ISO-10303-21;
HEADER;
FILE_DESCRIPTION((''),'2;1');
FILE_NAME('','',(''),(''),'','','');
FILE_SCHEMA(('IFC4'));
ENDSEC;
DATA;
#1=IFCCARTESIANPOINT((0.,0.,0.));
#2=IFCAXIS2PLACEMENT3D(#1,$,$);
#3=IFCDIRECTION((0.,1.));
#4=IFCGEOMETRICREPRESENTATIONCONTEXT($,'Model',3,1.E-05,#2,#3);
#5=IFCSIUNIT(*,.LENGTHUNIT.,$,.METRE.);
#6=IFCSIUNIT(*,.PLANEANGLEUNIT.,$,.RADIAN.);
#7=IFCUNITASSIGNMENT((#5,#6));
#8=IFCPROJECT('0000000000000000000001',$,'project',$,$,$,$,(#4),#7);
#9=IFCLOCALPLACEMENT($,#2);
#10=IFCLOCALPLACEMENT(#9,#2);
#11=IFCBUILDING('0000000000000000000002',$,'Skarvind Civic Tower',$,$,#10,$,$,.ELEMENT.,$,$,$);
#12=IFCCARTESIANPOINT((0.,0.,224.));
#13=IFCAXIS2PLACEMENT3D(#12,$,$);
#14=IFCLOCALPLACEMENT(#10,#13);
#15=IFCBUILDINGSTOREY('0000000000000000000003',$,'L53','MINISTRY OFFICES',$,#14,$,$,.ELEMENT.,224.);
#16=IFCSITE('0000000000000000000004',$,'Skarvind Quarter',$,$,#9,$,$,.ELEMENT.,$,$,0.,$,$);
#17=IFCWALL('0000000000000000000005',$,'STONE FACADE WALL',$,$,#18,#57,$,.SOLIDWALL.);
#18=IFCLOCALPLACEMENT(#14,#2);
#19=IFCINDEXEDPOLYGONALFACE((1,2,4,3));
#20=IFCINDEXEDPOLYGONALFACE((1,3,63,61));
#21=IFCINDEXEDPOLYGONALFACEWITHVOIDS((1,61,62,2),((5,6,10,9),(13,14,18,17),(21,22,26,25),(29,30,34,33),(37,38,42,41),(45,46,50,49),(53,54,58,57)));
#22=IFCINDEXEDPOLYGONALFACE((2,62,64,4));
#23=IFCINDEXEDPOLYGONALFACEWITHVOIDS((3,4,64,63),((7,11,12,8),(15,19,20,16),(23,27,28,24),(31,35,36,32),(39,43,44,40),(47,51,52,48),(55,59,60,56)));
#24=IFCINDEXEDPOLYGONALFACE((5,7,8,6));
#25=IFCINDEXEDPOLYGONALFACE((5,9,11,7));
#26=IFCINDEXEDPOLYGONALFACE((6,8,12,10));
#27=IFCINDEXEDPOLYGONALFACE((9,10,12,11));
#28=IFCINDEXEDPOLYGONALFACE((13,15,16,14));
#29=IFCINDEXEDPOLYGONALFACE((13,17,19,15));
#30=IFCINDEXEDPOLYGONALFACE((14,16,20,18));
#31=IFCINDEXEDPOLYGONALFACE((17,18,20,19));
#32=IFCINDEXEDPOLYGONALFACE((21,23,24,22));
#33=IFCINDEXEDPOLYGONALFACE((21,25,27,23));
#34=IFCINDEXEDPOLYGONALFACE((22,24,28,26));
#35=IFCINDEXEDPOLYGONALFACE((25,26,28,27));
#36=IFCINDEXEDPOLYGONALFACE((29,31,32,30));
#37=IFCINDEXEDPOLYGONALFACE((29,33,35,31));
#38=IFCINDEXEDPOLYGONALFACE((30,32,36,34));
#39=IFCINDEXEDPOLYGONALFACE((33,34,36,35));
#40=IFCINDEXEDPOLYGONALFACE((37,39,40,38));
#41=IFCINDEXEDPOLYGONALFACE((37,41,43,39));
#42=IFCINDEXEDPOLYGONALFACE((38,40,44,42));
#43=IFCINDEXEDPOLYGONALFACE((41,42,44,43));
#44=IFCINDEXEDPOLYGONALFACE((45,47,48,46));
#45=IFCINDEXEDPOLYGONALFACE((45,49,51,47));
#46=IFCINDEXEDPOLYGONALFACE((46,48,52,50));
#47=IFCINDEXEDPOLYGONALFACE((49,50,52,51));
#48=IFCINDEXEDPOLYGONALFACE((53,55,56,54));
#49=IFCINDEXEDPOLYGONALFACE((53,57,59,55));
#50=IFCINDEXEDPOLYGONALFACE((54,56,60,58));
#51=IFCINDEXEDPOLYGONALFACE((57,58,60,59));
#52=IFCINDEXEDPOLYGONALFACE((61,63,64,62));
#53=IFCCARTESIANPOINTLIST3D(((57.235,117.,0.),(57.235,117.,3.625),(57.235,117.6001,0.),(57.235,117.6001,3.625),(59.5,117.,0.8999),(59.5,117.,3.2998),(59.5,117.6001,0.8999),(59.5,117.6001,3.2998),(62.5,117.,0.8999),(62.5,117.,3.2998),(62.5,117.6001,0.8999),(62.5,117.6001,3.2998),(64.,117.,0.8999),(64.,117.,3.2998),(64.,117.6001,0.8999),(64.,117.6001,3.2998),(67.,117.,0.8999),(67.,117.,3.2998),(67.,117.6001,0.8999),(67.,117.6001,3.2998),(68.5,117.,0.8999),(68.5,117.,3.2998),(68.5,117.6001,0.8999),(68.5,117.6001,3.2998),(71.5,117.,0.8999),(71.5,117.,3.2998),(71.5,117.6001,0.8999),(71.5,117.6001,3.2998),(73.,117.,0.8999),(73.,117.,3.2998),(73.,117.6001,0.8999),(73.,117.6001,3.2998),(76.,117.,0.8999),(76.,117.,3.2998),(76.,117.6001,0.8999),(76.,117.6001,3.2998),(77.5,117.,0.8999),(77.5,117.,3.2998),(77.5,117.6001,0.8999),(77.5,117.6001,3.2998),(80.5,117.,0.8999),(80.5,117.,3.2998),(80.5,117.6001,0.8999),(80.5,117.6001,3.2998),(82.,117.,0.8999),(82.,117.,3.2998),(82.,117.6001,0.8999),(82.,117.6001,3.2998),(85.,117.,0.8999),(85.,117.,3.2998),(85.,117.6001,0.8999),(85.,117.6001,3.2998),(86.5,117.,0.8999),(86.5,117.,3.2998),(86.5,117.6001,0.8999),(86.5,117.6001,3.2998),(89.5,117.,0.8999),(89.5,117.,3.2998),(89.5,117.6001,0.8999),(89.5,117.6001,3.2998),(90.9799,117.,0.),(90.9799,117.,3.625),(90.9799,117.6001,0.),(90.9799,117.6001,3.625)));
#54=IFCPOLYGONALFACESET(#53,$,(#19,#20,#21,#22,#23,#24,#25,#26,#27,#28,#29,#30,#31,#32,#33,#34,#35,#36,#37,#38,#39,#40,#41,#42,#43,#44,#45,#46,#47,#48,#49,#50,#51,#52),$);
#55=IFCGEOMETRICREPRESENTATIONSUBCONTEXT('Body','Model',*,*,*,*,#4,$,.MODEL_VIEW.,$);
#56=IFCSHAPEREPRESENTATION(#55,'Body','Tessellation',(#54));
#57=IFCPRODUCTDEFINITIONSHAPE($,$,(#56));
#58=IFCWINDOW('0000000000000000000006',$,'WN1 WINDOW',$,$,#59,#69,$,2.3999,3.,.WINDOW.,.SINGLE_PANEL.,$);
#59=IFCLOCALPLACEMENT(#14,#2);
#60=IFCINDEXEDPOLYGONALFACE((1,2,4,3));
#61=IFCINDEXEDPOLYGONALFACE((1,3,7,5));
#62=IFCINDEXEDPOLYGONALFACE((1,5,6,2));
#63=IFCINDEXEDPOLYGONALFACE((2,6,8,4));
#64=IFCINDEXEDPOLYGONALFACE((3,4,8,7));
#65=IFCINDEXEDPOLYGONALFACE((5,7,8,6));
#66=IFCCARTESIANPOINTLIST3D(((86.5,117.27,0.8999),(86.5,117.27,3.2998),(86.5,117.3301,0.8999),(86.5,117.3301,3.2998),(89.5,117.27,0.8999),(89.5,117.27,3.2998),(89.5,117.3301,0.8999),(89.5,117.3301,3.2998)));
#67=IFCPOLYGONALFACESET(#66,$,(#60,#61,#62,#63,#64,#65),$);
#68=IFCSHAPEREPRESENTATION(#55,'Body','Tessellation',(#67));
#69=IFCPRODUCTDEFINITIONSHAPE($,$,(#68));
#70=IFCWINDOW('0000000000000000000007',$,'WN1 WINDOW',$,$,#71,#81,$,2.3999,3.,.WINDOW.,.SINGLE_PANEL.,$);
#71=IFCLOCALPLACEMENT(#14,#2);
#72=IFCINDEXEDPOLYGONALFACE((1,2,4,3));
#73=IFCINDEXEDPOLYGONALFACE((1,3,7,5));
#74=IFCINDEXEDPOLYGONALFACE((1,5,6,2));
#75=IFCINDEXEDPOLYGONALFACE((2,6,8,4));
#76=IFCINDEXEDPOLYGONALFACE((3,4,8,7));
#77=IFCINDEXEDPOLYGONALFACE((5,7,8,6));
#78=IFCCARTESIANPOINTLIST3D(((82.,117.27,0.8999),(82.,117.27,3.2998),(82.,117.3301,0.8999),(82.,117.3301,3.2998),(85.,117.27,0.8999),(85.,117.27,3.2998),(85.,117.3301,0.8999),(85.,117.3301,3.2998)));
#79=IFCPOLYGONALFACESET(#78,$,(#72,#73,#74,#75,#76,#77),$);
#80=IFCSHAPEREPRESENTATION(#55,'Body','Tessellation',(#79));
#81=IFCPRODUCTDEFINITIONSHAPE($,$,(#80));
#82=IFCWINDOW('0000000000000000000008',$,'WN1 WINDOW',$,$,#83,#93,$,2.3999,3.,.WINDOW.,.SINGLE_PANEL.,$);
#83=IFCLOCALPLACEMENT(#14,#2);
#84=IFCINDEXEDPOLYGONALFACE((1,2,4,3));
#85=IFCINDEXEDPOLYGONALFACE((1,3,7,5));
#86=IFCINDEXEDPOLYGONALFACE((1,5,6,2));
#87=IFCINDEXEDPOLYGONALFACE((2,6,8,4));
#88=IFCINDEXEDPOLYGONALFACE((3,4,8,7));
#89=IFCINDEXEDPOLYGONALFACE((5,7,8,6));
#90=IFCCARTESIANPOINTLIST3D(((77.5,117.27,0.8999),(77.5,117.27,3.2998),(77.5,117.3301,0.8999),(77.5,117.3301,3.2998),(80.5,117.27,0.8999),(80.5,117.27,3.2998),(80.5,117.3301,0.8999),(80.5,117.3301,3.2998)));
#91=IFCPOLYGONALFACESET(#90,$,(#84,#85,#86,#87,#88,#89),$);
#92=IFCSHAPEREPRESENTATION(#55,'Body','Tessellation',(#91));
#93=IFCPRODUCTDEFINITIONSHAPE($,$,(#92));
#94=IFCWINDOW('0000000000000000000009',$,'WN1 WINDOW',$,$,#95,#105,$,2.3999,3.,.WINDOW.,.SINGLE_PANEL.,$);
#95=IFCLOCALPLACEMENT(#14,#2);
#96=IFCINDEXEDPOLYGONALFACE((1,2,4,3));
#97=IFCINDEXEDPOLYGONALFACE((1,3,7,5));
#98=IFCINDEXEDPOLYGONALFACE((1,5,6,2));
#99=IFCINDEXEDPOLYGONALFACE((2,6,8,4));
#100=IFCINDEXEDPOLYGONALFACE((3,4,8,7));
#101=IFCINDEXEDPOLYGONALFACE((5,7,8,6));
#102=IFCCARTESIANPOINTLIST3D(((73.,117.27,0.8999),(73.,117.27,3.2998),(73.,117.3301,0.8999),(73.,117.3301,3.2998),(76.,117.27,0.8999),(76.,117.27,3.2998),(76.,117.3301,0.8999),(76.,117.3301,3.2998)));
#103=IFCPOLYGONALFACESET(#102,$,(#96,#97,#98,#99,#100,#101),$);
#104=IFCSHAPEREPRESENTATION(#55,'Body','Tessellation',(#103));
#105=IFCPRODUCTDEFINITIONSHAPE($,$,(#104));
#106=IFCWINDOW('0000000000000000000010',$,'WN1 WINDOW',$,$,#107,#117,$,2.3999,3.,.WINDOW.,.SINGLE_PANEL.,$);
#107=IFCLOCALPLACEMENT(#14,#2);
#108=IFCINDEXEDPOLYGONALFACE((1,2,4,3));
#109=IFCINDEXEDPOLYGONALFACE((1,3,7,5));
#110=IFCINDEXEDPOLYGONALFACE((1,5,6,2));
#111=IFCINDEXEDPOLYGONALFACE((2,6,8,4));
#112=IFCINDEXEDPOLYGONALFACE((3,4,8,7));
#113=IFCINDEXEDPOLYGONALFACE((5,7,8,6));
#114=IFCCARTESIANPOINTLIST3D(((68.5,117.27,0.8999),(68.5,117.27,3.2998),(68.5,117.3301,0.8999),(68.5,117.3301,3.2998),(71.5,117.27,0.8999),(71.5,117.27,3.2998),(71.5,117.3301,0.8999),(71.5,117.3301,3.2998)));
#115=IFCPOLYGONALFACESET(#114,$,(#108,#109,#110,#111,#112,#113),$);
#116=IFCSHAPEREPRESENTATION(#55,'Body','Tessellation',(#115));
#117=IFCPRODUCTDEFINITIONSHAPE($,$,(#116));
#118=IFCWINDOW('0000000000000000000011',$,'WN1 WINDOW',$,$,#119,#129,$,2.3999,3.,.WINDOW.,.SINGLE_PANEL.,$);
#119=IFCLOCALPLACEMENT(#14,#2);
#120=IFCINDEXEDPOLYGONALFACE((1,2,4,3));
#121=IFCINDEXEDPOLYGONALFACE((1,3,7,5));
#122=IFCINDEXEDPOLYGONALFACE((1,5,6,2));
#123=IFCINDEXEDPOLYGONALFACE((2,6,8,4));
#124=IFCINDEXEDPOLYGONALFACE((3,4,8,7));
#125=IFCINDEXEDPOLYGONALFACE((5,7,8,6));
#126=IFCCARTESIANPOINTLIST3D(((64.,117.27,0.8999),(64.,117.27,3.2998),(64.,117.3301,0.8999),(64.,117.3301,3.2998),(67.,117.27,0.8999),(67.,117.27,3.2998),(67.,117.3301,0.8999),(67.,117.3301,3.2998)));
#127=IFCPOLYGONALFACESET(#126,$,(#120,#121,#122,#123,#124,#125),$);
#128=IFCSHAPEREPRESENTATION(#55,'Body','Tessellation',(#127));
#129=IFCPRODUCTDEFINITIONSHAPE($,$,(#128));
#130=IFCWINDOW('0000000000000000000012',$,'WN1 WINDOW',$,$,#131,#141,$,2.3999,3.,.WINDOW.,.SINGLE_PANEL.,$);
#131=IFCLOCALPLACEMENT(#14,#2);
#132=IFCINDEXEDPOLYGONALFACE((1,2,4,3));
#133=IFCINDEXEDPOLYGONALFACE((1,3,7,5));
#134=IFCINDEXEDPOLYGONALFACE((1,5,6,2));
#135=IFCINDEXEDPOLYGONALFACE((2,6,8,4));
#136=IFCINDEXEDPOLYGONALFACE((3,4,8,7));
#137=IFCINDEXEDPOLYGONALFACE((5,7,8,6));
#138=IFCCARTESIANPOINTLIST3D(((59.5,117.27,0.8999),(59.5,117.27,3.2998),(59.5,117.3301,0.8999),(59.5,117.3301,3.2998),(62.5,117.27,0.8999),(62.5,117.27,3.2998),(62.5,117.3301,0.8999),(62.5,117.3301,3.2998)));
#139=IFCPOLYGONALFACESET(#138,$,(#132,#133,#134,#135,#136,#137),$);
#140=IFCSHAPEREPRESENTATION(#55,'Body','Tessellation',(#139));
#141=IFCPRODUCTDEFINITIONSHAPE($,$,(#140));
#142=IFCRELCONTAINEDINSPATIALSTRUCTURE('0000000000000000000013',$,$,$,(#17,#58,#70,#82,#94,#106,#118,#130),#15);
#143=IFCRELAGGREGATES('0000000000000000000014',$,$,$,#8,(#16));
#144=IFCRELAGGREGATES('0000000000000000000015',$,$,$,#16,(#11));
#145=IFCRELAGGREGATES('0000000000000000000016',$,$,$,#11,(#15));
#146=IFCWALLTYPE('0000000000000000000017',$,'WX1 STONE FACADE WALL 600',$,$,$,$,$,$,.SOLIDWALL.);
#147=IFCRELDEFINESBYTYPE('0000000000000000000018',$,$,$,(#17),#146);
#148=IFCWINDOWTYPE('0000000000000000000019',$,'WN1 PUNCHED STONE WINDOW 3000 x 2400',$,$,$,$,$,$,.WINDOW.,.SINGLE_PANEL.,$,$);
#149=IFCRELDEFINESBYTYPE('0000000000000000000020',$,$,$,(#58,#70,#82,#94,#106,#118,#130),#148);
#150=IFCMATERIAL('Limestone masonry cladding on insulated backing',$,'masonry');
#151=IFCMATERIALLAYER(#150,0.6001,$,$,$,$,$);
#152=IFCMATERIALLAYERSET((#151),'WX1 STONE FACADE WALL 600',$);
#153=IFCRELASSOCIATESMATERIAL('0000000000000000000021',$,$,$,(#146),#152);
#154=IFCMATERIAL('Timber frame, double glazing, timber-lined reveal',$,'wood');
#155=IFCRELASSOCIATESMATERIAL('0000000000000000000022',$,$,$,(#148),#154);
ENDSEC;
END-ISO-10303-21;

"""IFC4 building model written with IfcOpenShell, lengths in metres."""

from ifc_helpers import new_model, si_unit, direction, frame, frame_2d, origin, place, context, subcontext, project, spatial, rectangle, extrude, material, layer, layer_set, type_object, element, fill, save


model = new_model("IFC4")

# Units and contexts
model_context = context("Model", 3, precision=1e-05, world=origin(), true_north=direction((0.0, 1.0)))
body_context = subcontext(model_context, "Body", "Model", "MODEL_VIEW")
ifc_project = project(units=[si_unit("LENGTHUNIT", "METRE"), si_unit("PLANEANGLEUNIT", "RADIAN")], contexts=[model_context])

# Site, building, storey
site_placement = place(None, origin())
site = spatial("IfcSite", under=ifc_project, at=site_placement, Name="Skarvind Quarter", CompositionType="ELEMENT", RefElevation=0.0)
building_placement = place(site_placement, origin())
building = spatial("IfcBuilding", under=site, at=building_placement, Name="Skarvind Civic Tower", CompositionType="ELEMENT")
storey_placement = place(building_placement, frame((0.0, 0.0, 224.0)))
storey = spatial("IfcBuildingStorey", under=building, at=storey_placement, Name="L53", Description="MINISTRY OFFICES", CompositionType="ELEMENT", Elevation=224.0)

# Wall, openings, windows
ifc_material_1 = material(Name="Limestone masonry cladding on insulated backing", Category="masonry")
ifc_layer_1 = layer(ifc_material_1, 0.6001)
ifc_layer_set_1 = layer_set([ifc_layer_1], Name="WX1 STONE FACADE WALL 600")
wall_type_1 = type_object("IfcWallType", Name="WX1 STONE FACADE WALL 600", PredefinedType="SOLIDWALL", material=ifc_layer_set_1)
wall_1_placement = place(storey_placement, frame((90.98, 117.3, 0.0), z_axis=(0.0, 0.0, 1.0), x_axis=(-1.0, 0.0, 0.0)))
wall_1 = element("IfcWall", 1, at=wall_1_placement, inside=storey, type_object=wall_type_1, Name="STONE FACADE WALL", PredefinedType="SOLIDWALL", context=body_context, shape_type="SweptSolid", body=[
    extrude(rectangle(XDim=33.7449, YDim=0.6001, at=frame_2d((16.8726, 0.0))), origin(), (0.0, 0.0, 1.0), 3.625),
])
opening_1_placement = place(wall_1_placement, frame((1.48, 0.0, 0.8999)))
opening_1 = element("IfcOpeningElement", 2, at=opening_1_placement, cuts=wall_1, PredefinedType="OPENING", context=body_context, shape_type="SweptSolid", body=[
    extrude(rectangle(XDim=3.0, YDim=2.3999, at=frame_2d((1.5, 1.2))), frame((0.0, 0.3101, 0.0), z_axis=(0.0, -1.0, 0.0), x_axis=(1.0, 0.0, 0.0)), (0.0, 0.0, 1.0), 0.6201),
])
opening_2_placement = place(wall_1_placement, frame((5.98, 0.0, 0.8999)))
opening_2 = element("IfcOpeningElement", 3, at=opening_2_placement, cuts=wall_1, PredefinedType="OPENING", context=body_context, shape_type="SweptSolid", body=[
    extrude(rectangle(XDim=3.0, YDim=2.3999, at=frame_2d((1.5, 1.2))), frame((0.0, 0.3101, 0.0), z_axis=(0.0, -1.0, 0.0), x_axis=(1.0, 0.0, 0.0)), (0.0, 0.0, 1.0), 0.6201),
])
opening_3_placement = place(wall_1_placement, frame((10.48, 0.0, 0.8999)))
opening_3 = element("IfcOpeningElement", 4, at=opening_3_placement, cuts=wall_1, PredefinedType="OPENING", context=body_context, shape_type="SweptSolid", body=[
    extrude(rectangle(XDim=3.0, YDim=2.3999, at=frame_2d((1.5, 1.2))), frame((0.0, 0.3101, 0.0), z_axis=(0.0, -1.0, 0.0), x_axis=(1.0, 0.0, 0.0)), (0.0, 0.0, 1.0), 0.6201),
])
opening_4_placement = place(wall_1_placement, frame((14.98, 0.0, 0.8999)))
opening_4 = element("IfcOpeningElement", 5, at=opening_4_placement, cuts=wall_1, PredefinedType="OPENING", context=body_context, shape_type="SweptSolid", body=[
    extrude(rectangle(XDim=3.0, YDim=2.3999, at=frame_2d((1.5, 1.2))), frame((0.0, 0.3101, 0.0), z_axis=(0.0, -1.0, 0.0), x_axis=(1.0, 0.0, 0.0)), (0.0, 0.0, 1.0), 0.6201),
])
opening_5_placement = place(wall_1_placement, frame((19.48, 0.0, 0.8999)))
opening_5 = element("IfcOpeningElement", 6, at=opening_5_placement, cuts=wall_1, PredefinedType="OPENING", context=body_context, shape_type="SweptSolid", body=[
    extrude(rectangle(XDim=3.0, YDim=2.3999, at=frame_2d((1.5, 1.2))), frame((0.0, 0.3101, 0.0), z_axis=(0.0, -1.0, 0.0), x_axis=(1.0, 0.0, 0.0)), (0.0, 0.0, 1.0), 0.6201),
])
opening_6_placement = place(wall_1_placement, frame((23.98, 0.0, 0.8999)))
opening_6 = element("IfcOpeningElement", 7, at=opening_6_placement, cuts=wall_1, PredefinedType="OPENING", context=body_context, shape_type="SweptSolid", body=[
    extrude(rectangle(XDim=3.0, YDim=2.3999, at=frame_2d((1.5, 1.2))), frame((0.0, 0.3101, 0.0), z_axis=(0.0, -1.0, 0.0), x_axis=(1.0, 0.0, 0.0)), (0.0, 0.0, 1.0), 0.6201),
])
opening_7_placement = place(wall_1_placement, frame((28.48, 0.0, 0.8999)))
opening_7 = element("IfcOpeningElement", 8, at=opening_7_placement, cuts=wall_1, PredefinedType="OPENING", context=body_context, shape_type="SweptSolid", body=[
    extrude(rectangle(XDim=3.0, YDim=2.3999, at=frame_2d((1.5, 1.2))), frame((0.0, 0.3101, 0.0), z_axis=(0.0, -1.0, 0.0), x_axis=(1.0, 0.0, 0.0)), (0.0, 0.0, 1.0), 0.6201),
])
ifc_material_2 = material(Name="Timber frame, double glazing, timber-lined reveal", Category="wood")
window_type = type_object("IfcWindowType", Name="WN1 PUNCHED STONE WINDOW 3000 x 2400", PartitioningType="SINGLE_PANEL", PredefinedType="WINDOW", material=ifc_material_2)
window_1_placement = place(opening_1_placement, origin())
window_1 = element("IfcWindow", 9, at=window_1_placement, inside=storey, type_object=window_type, Name="WN1 WINDOW", OverallHeight=2.3999, OverallWidth=3.0, PartitioningType="SINGLE_PANEL", PredefinedType="WINDOW", context=body_context, shape_type="SweptSolid", body=[
    extrude(rectangle(XDim=3.0, YDim=2.3999, at=frame_2d((1.5, 1.2))), frame((0.0, 0.03, 0.0), z_axis=(0.0, -1.0, 0.0), x_axis=(1.0, 0.0, 0.0)), (0.0, 0.0, 1.0), 0.0601),
])
fill(opening_1, window_1)
window_2_placement = place(opening_2_placement, origin())
window_2 = element("IfcWindow", 10, at=window_2_placement, inside=storey, type_object=window_type, Name="WN1 WINDOW", OverallHeight=2.3999, OverallWidth=3.0, PartitioningType="SINGLE_PANEL", PredefinedType="WINDOW", context=body_context, shape_type="SweptSolid", body=[
    extrude(rectangle(XDim=3.0, YDim=2.3999, at=frame_2d((1.5, 1.2))), frame((0.0, 0.03, 0.0), z_axis=(0.0, -1.0, 0.0), x_axis=(1.0, 0.0, 0.0)), (0.0, 0.0, 1.0), 0.0601),
])
fill(opening_2, window_2)
window_3_placement = place(opening_3_placement, origin())
window_3 = element("IfcWindow", 11, at=window_3_placement, inside=storey, type_object=window_type, Name="WN1 WINDOW", OverallHeight=2.3999, OverallWidth=3.0, PartitioningType="SINGLE_PANEL", PredefinedType="WINDOW", context=body_context, shape_type="SweptSolid", body=[
    extrude(rectangle(XDim=3.0, YDim=2.3999, at=frame_2d((1.5, 1.2))), frame((0.0, 0.03, 0.0), z_axis=(0.0, -1.0, 0.0), x_axis=(1.0, 0.0, 0.0)), (0.0, 0.0, 1.0), 0.0601),
])
fill(opening_3, window_3)
window_4_placement = place(opening_4_placement, origin())
window_4 = element("IfcWindow", 12, at=window_4_placement, inside=storey, type_object=window_type, Name="WN1 WINDOW", OverallHeight=2.3999, OverallWidth=3.0, PartitioningType="SINGLE_PANEL", PredefinedType="WINDOW", context=body_context, shape_type="SweptSolid", body=[
    extrude(rectangle(XDim=3.0, YDim=2.3999, at=frame_2d((1.5, 1.2))), frame((0.0, 0.03, 0.0), z_axis=(0.0, -1.0, 0.0), x_axis=(1.0, 0.0, 0.0)), (0.0, 0.0, 1.0), 0.0601),
])
fill(opening_4, window_4)
window_5_placement = place(opening_5_placement, origin())
window_5 = element("IfcWindow", 13, at=window_5_placement, inside=storey, type_object=window_type, Name="WN1 WINDOW", OverallHeight=2.3999, OverallWidth=3.0, PartitioningType="SINGLE_PANEL", PredefinedType="WINDOW", context=body_context, shape_type="SweptSolid", body=[
    extrude(rectangle(XDim=3.0, YDim=2.3999, at=frame_2d((1.5, 1.2))), frame((0.0, 0.03, 0.0), z_axis=(0.0, -1.0, 0.0), x_axis=(1.0, 0.0, 0.0)), (0.0, 0.0, 1.0), 0.0601),
])
fill(opening_5, window_5)
window_6_placement = place(opening_6_placement, origin())
window_6 = element("IfcWindow", 14, at=window_6_placement, inside=storey, type_object=window_type, Name="WN1 WINDOW", OverallHeight=2.3999, OverallWidth=3.0, PartitioningType="SINGLE_PANEL", PredefinedType="WINDOW", context=body_context, shape_type="SweptSolid", body=[
    extrude(rectangle(XDim=3.0, YDim=2.3999, at=frame_2d((1.5, 1.2))), frame((0.0, 0.03, 0.0), z_axis=(0.0, -1.0, 0.0), x_axis=(1.0, 0.0, 0.0)), (0.0, 0.0, 1.0), 0.0601),
])
fill(opening_6, window_6)
window_7_placement = place(opening_7_placement, origin())
window_7 = element("IfcWindow", 15, at=window_7_placement, inside=storey, type_object=window_type, Name="WN1 WINDOW", OverallHeight=2.3999, OverallWidth=3.0, PartitioningType="SINGLE_PANEL", PredefinedType="WINDOW", context=body_context, shape_type="SweptSolid", body=[
    extrude(rectangle(XDim=3.0, YDim=2.3999, at=frame_2d((1.5, 1.2))), frame((0.0, 0.03, 0.0), z_axis=(0.0, -1.0, 0.0), x_axis=(1.0, 0.0, 0.0)), (0.0, 0.0, 1.0), 0.0601),
])
fill(opening_7, window_7)

save(model, "model.ifc")
